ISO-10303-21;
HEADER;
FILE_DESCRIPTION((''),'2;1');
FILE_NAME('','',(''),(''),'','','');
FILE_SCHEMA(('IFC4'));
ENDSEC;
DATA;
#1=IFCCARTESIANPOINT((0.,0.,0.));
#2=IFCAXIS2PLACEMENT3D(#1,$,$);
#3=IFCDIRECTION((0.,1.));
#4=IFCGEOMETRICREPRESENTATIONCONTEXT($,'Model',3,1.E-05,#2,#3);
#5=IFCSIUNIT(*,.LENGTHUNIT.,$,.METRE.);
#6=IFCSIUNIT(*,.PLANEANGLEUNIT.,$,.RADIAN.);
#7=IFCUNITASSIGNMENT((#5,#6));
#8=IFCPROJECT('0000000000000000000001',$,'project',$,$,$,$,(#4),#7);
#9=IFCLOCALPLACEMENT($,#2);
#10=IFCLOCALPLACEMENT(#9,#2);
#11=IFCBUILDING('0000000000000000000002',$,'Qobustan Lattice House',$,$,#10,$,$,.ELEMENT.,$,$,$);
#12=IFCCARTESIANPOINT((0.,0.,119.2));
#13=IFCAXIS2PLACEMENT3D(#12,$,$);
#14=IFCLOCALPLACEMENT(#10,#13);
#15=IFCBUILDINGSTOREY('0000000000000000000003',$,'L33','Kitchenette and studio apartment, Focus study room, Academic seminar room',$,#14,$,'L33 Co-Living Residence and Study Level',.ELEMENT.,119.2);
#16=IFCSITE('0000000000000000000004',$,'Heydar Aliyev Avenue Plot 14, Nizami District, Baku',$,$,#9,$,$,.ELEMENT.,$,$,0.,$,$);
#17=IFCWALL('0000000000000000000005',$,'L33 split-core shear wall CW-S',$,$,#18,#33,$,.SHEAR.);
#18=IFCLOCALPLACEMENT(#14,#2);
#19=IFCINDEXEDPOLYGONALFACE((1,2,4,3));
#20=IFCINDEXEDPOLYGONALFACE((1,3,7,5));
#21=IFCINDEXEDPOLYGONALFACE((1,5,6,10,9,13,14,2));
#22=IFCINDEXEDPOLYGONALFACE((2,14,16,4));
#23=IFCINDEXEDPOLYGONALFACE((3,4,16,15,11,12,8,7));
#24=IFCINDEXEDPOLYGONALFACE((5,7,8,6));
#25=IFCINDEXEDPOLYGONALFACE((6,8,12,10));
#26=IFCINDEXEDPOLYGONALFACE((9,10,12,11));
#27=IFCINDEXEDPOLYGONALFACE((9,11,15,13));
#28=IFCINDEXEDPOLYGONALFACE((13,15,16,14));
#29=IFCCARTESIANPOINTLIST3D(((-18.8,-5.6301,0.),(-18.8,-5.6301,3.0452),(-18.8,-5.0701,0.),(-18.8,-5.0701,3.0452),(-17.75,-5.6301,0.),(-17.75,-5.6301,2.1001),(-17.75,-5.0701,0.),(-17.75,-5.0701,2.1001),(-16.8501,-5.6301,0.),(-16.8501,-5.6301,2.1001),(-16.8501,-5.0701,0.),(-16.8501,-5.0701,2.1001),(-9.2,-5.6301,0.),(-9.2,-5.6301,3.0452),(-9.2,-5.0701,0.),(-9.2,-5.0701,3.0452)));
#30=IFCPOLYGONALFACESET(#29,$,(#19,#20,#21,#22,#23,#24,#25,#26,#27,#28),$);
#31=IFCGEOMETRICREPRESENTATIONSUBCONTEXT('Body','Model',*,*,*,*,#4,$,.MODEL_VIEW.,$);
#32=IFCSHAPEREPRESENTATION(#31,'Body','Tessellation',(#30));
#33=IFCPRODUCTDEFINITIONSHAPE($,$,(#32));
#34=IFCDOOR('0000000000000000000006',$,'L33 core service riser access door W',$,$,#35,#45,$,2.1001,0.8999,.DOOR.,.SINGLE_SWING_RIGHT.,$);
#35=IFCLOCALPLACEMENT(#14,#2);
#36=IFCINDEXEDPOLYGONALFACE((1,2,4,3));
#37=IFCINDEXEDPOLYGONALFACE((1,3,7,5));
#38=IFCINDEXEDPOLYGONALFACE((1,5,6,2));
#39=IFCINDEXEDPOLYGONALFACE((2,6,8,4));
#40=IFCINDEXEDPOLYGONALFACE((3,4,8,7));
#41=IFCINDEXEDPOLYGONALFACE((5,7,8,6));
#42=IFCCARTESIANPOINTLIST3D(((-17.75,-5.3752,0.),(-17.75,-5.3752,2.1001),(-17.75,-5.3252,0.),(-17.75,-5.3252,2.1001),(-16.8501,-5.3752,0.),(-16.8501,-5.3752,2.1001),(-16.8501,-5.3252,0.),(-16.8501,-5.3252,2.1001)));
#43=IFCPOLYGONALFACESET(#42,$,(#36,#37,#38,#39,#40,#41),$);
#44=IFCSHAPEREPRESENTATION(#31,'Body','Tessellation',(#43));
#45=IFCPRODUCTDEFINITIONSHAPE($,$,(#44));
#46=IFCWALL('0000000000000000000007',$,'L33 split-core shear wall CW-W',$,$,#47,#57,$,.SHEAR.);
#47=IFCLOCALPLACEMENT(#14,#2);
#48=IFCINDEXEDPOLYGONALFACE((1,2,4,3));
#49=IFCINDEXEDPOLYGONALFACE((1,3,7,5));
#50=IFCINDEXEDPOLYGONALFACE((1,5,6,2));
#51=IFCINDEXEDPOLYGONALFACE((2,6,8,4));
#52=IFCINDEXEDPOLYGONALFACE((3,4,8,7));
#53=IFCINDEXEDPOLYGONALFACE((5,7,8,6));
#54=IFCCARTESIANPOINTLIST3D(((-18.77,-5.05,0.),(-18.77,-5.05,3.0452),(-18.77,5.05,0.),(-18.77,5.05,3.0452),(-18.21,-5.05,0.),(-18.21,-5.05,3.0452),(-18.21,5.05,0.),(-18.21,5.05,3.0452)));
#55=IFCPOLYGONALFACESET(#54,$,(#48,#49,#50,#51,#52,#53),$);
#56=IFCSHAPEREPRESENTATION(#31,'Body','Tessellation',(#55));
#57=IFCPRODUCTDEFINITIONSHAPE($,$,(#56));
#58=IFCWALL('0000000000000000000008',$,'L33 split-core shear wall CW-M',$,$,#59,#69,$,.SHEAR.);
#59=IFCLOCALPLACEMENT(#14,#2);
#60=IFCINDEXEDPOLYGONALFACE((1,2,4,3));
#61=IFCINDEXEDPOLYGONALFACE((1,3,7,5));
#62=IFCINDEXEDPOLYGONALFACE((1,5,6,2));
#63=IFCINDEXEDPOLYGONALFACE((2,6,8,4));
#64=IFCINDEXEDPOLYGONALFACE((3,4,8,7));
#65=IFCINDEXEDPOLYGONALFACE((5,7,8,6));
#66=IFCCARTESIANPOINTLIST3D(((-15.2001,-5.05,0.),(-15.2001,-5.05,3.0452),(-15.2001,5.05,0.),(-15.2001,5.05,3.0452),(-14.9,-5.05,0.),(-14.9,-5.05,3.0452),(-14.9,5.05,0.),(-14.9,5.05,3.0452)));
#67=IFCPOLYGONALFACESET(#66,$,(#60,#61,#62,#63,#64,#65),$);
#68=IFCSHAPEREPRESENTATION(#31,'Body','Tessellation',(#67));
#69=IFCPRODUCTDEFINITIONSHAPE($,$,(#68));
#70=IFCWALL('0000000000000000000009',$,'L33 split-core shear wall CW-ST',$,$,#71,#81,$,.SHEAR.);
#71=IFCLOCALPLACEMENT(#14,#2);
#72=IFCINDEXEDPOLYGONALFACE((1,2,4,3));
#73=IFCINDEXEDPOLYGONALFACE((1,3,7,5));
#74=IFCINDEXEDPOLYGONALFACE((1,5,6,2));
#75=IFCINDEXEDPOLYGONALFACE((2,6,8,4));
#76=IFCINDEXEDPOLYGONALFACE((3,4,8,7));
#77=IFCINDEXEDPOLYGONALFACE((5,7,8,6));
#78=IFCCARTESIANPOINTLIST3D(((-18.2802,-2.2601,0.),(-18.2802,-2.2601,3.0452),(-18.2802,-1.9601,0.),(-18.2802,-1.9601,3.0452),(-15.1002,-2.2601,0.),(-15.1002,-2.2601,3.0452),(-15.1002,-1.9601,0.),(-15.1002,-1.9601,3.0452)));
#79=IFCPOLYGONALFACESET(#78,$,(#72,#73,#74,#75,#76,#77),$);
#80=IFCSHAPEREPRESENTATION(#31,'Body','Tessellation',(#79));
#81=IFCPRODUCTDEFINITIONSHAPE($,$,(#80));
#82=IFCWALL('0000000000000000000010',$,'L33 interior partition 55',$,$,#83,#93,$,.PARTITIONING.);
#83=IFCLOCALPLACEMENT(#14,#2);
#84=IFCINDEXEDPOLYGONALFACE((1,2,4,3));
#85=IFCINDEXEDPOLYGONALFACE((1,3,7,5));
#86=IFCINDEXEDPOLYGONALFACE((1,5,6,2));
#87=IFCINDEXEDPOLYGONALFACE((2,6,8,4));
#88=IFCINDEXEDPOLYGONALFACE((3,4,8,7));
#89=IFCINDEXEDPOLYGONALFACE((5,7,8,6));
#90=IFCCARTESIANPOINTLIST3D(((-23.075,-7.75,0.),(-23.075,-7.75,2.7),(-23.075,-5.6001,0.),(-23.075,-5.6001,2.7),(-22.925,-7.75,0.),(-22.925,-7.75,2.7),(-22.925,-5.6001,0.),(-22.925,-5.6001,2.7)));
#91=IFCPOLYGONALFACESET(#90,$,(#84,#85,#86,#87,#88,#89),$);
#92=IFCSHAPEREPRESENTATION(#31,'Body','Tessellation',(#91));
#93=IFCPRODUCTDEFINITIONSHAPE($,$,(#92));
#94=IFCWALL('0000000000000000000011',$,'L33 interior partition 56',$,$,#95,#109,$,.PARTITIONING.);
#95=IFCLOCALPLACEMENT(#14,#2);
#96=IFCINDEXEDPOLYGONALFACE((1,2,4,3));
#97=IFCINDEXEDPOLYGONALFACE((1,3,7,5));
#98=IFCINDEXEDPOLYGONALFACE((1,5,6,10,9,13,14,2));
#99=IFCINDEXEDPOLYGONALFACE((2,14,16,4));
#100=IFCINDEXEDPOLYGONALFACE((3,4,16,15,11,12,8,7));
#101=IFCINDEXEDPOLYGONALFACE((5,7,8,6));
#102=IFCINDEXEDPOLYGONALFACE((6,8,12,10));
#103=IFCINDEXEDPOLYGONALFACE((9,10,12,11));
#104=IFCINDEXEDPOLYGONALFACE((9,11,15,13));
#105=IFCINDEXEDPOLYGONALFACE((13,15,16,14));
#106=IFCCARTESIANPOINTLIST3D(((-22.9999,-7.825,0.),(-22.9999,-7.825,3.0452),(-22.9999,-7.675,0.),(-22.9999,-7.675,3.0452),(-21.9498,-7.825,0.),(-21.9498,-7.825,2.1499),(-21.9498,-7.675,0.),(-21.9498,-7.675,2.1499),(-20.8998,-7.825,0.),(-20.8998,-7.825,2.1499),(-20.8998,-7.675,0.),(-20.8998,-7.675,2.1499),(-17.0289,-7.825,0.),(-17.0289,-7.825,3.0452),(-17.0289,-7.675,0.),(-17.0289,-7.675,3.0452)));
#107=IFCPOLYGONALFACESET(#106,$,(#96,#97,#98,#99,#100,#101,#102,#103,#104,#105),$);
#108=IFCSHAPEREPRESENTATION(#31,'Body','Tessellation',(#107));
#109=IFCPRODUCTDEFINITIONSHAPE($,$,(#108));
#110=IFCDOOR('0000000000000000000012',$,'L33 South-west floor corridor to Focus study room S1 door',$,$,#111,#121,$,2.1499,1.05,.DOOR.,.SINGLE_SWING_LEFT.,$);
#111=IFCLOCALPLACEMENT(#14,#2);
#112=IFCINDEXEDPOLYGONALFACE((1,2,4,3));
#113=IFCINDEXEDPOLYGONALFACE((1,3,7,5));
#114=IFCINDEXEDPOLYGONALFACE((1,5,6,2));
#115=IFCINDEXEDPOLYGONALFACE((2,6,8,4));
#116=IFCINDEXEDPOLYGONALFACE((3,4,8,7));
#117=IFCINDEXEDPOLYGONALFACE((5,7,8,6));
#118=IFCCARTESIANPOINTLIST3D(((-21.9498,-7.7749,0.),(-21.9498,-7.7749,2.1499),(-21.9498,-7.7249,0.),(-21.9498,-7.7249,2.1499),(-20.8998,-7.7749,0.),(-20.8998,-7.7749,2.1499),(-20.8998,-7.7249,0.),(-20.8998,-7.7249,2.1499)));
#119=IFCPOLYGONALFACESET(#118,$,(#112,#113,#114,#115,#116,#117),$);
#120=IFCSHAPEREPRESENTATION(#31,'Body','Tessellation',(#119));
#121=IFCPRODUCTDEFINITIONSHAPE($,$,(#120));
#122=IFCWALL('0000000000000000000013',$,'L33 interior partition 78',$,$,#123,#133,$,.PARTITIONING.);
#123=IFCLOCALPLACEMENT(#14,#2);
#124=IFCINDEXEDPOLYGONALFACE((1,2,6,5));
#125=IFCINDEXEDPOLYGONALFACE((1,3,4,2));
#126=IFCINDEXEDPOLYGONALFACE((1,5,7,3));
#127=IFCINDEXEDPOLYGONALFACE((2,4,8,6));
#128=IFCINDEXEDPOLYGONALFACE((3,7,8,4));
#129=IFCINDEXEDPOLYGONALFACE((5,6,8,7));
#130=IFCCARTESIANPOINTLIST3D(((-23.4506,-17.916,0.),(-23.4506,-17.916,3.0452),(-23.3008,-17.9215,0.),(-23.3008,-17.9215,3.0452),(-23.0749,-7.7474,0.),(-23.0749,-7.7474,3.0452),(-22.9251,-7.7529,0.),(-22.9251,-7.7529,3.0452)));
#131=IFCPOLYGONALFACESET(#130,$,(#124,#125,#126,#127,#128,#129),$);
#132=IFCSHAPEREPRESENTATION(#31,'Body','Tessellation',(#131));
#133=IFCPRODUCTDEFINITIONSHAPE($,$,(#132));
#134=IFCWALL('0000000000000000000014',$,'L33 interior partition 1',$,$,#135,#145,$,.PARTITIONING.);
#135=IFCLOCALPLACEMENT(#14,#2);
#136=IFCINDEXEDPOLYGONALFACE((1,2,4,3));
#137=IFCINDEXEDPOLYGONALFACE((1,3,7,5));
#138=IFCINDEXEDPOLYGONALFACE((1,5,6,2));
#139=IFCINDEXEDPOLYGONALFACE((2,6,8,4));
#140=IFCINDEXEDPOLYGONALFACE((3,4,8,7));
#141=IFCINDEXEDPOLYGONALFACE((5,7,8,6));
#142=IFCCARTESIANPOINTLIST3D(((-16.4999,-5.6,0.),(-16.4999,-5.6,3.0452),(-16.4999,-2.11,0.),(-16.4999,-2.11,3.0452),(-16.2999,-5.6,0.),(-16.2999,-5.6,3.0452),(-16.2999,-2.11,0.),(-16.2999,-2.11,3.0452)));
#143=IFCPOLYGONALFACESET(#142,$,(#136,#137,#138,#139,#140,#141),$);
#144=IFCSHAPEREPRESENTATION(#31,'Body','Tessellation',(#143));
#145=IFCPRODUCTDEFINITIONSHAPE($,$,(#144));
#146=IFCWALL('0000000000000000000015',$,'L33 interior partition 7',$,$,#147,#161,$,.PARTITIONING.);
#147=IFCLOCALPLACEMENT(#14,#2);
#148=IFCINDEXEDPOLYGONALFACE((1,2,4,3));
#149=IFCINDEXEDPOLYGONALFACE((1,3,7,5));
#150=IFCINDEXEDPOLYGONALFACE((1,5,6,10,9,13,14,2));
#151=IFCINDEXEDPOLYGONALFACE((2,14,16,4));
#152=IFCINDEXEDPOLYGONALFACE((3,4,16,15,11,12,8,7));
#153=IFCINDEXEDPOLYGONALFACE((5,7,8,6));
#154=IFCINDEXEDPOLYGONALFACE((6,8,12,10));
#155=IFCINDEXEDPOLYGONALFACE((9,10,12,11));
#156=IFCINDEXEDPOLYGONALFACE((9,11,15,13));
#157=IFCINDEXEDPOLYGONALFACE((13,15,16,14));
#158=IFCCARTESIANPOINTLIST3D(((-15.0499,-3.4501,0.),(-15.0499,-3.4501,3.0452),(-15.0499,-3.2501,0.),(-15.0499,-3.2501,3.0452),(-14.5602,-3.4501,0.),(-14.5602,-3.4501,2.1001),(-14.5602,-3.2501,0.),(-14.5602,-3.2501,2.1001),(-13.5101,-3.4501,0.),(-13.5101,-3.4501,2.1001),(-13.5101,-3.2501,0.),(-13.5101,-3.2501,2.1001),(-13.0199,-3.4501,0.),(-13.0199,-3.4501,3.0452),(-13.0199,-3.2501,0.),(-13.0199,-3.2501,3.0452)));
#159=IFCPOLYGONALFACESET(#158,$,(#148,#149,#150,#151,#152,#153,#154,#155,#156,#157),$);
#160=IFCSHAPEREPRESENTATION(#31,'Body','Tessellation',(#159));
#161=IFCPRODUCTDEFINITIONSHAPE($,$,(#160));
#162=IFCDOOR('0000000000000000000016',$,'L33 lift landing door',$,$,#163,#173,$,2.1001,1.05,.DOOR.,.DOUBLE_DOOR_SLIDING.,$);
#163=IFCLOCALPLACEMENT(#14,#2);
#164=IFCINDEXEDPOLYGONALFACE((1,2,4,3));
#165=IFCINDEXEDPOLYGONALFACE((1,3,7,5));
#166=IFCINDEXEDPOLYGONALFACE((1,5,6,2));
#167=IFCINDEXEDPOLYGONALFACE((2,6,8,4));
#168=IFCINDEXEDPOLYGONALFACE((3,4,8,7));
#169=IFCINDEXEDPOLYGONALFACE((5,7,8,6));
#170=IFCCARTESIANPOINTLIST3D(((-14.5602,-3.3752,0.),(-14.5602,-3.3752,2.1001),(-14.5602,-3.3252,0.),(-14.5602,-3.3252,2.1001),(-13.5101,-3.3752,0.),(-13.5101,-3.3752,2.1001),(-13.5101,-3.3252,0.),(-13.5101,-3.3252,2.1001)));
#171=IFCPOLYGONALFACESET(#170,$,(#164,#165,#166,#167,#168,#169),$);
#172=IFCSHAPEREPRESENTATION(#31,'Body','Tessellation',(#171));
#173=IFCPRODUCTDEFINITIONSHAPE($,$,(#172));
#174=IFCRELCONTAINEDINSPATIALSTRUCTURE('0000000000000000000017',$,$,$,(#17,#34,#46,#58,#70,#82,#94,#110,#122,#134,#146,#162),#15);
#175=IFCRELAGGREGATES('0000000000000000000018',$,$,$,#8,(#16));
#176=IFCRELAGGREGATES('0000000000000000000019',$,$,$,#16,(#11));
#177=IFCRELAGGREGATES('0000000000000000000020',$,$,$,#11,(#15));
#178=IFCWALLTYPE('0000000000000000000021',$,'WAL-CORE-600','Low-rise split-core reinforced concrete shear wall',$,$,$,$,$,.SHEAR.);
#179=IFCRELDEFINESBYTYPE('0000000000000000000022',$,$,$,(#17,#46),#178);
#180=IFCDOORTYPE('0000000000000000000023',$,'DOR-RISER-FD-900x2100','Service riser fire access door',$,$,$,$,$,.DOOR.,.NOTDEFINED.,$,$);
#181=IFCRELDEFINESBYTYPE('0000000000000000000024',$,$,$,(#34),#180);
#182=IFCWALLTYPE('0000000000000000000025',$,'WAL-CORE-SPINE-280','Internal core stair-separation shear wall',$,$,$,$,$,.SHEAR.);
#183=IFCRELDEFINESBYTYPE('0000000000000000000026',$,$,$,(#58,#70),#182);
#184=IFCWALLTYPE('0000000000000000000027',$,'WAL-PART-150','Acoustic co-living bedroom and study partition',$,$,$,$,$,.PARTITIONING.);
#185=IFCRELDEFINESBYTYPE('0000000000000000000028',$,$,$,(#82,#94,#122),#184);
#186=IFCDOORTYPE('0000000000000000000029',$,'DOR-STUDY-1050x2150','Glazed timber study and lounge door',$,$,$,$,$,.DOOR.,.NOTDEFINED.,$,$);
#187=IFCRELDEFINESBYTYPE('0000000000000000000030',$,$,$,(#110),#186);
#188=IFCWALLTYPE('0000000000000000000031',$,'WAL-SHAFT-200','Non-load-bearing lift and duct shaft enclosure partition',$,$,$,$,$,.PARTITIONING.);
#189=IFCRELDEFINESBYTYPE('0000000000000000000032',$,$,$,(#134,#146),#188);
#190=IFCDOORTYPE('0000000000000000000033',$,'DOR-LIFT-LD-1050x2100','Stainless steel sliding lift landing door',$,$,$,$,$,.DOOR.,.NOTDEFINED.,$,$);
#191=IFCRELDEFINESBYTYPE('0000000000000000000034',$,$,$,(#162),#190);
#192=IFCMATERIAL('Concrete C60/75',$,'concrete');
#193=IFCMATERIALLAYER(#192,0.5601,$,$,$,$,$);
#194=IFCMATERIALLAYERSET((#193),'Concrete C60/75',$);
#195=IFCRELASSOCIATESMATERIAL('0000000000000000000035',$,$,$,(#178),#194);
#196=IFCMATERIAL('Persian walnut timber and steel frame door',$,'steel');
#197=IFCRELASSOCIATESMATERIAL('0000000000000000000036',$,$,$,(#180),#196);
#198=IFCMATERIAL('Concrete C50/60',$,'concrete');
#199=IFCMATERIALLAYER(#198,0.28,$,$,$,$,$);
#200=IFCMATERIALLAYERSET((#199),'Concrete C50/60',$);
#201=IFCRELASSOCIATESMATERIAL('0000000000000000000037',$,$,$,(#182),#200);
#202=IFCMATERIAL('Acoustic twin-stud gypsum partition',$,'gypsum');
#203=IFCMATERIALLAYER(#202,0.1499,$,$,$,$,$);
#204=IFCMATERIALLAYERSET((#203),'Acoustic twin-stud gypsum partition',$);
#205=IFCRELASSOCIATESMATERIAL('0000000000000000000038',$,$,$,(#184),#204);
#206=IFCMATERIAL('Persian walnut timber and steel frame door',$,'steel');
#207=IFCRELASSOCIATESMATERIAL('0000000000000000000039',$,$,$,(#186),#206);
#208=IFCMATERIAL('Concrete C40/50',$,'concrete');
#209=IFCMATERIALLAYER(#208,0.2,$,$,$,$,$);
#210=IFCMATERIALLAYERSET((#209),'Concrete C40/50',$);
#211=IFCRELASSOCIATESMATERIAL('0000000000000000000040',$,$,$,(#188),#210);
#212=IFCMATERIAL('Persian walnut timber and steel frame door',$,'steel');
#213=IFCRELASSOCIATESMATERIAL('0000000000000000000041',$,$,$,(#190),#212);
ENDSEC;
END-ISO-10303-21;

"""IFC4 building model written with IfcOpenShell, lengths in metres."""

from ifc_helpers import new_model, si_unit, direction, frame, frame_2d, origin, place, context, subcontext, project, spatial, rectangle, extrude, material, layer, layer_set, type_object, element, fill, save


model = new_model("IFC4")

# Units and contexts
model_context = context("Model", 3, precision=1e-05, world=origin(), true_north=direction((0.0, 1.0)))
body_context = subcontext(model_context, "Body", "Model", "MODEL_VIEW")
ifc_project = project(units=[si_unit("LENGTHUNIT", "METRE"), si_unit("PLANEANGLEUNIT", "RADIAN")], contexts=[model_context])

# Site, building, storey
site_placement = place(None, origin())
site = spatial("IfcSite", under=ifc_project, at=site_placement, Name="Heydar Aliyev Avenue Plot 14, Nizami District, Baku", CompositionType="ELEMENT", RefElevation=0.0)
building_placement = place(site_placement, origin())
building = spatial("IfcBuilding", under=site, at=building_placement, Name="Qobustan Lattice House", CompositionType="ELEMENT")
storey_placement = place(building_placement, frame((0.0, 0.0, 119.2)))
storey = spatial("IfcBuildingStorey", under=building, at=storey_placement, Name="L33", Description="Kitchenette and studio apartment, Focus study room, Academic seminar room", LongName="L33 Co-Living Residence and Study Level", CompositionType="ELEMENT", Elevation=119.2)

# Wall, opening, door
ifc_material_1 = material(Name="Concrete C60/75", Category="concrete")
ifc_layer_1 = layer(ifc_material_1, 0.5601)
ifc_layer_set_1 = layer_set([ifc_layer_1], Name="Concrete C60/75")
wall_type_1 = type_object("IfcWallType", Name="WAL-CORE-600", Description="Low-rise split-core reinforced concrete shear wall", PredefinedType="SHEAR", material=ifc_layer_set_1)
wall_1_placement = place(storey_placement, frame((-18.8, -5.3501, 0.0), z_axis=(0.0, 0.0, 1.0), x_axis=(1.0, 0.0, 0.0)))
wall_1 = element("IfcWall", 1, at=wall_1_placement, inside=storey, type_object=wall_type_1, Name="L33 split-core shear wall CW-S", PredefinedType="SHEAR", context=body_context, shape_type="SweptSolid", body=[
    extrude(rectangle(XDim=9.6001, YDim=0.5601, at=frame_2d((4.8, 0.0))), origin(), (0.0, 0.0, 1.0), 3.0452),
])
opening_1_placement = place(wall_1_placement, frame((1.05, 0.0, 0.0)))
opening_1 = element("IfcOpeningElement", 2, at=opening_1_placement, cuts=wall_1, PredefinedType="OPENING", context=body_context, shape_type="SweptSolid", body=[
    extrude(rectangle(XDim=0.8999, YDim=2.1001, at=frame_2d((0.45, 1.05))), frame((0.0, 0.29, 0.0), z_axis=(0.0, -1.0, 0.0), x_axis=(1.0, 0.0, 0.0)), (0.0, 0.0, 1.0), 0.5801),
])
ifc_material_2 = material(Name="Persian walnut timber and steel frame door", Category="steel")
door_type_1 = type_object("IfcDoorType", Name="DOR-RISER-FD-900x2100", Description="Service riser fire access door", OperationType="NOTDEFINED", PredefinedType="DOOR", material=ifc_material_2)
door_1_placement = place(opening_1_placement, origin())
door_1 = element("IfcDoor", 3, at=door_1_placement, inside=storey, type_object=door_type_1, Name="L33 core service riser access door W", OperationType="SINGLE_SWING_RIGHT", OverallHeight=2.1001, OverallWidth=0.8999, PredefinedType="DOOR", context=body_context, shape_type="SweptSolid", body=[
    extrude(rectangle(XDim=0.8999, YDim=2.1001, at=frame_2d((0.45, 1.05))), frame((0.0, 0.0249, 0.0), z_axis=(0.0, -1.0, 0.0), x_axis=(1.0, 0.0, 0.0)), (0.0, 0.0, 1.0), 0.05),
])
fill(opening_1, door_1)

# Walls
wall_2_placement = place(storey_placement, frame((-18.49, -5.05, 0.0), z_axis=(0.0, 0.0, 1.0), x_axis=(0.0, 1.0, 0.0)))
element("IfcWall", 4, at=wall_2_placement, inside=storey, type_object=wall_type_1, Name="L33 split-core shear wall CW-W", PredefinedType="SHEAR", context=body_context, shape_type="SweptSolid", body=[
    extrude(rectangle(XDim=10.1001, YDim=0.5601, at=frame_2d((5.05, 0.0))), origin(), (0.0, 0.0, 1.0), 3.0452),
])
ifc_material_3 = material(Name="Concrete C50/60", Category="concrete")
ifc_layer_2 = layer(ifc_material_3, 0.28)
ifc_layer_set_2 = layer_set([ifc_layer_2], Name="Concrete C50/60")
wall_type_2 = type_object("IfcWallType", Name="WAL-CORE-SPINE-280", Description="Internal core stair-separation shear wall", PredefinedType="SHEAR", material=ifc_layer_set_2)
wall_3_placement = place(storey_placement, frame((-15.05, -5.05, 0.0), z_axis=(0.0, 0.0, 1.0), x_axis=(0.0, 1.0, 0.0)))
element("IfcWall", 5, at=wall_3_placement, inside=storey, type_object=wall_type_2, Name="L33 split-core shear wall CW-M", PredefinedType="SHEAR", context=body_context, shape_type="SweptSolid", body=[
    extrude(rectangle(XDim=10.1001, YDim=0.3, at=frame_2d((5.05, 0.0))), origin(), (0.0, 0.0, 1.0), 3.0452),
])
wall_4_placement = place(storey_placement, frame((-18.28, -2.1101, 0.0), z_axis=(0.0, 0.0, 1.0), x_axis=(1.0, 0.0, 0.0)))
element("IfcWall", 6, at=wall_4_placement, inside=storey, type_object=wall_type_2, Name="L33 split-core shear wall CW-ST", PredefinedType="SHEAR", context=body_context, shape_type="SweptSolid", body=[
    extrude(rectangle(XDim=3.1799, YDim=0.3, at=frame_2d((1.5898, 0.0))), origin(), (0.0, 0.0, 1.0), 3.0452),
])

# Shared definitions
ifc_material_4 = material(Name="Acoustic twin-stud gypsum partition", Category="gypsum")
ifc_layer_3 = layer(ifc_material_4, 0.1499)
ifc_layer_set_3 = layer_set([ifc_layer_3], Name="Acoustic twin-stud gypsum partition")
wall_type_3 = type_object("IfcWallType", Name="WAL-PART-150", Description="Acoustic co-living bedroom and study partition", PredefinedType="PARTITIONING", material=ifc_layer_set_3)
ifc_material_5 = material(Name="Persian walnut timber and steel frame door", Category="steel")
door_type_2 = type_object("IfcDoorType", Name="DOR-STUDY-1050x2150", Description="Glazed timber study and lounge door", OperationType="NOTDEFINED", PredefinedType="DOOR", material=ifc_material_5)

# Wall
wall_5_placement = place(storey_placement, frame((-23.0, -7.75, 0.0), z_axis=(0.0, 0.0, 1.0), x_axis=(0.0, 1.0, 0.0)))
element("IfcWall", 7, at=wall_5_placement, inside=storey, type_object=wall_type_3, Name="L33 interior partition 55", PredefinedType="PARTITIONING", context=body_context, shape_type="SweptSolid", body=[
    extrude(rectangle(XDim=2.1499, YDim=0.1499, at=frame_2d((1.075, 0.0))), origin(), (0.0, 0.0, 1.0), 2.7),
])

# Wall, opening, door
wall_6_placement = place(storey_placement, frame((-17.0291, -7.75, 0.0), z_axis=(0.0, 0.0, 1.0), x_axis=(-1.0, 0.0, 0.0)))
wall_6 = element("IfcWall", 8, at=wall_6_placement, inside=storey, type_object=wall_type_3, Name="L33 interior partition 56", PredefinedType="PARTITIONING", context=body_context, shape_type="SweptSolid", body=[
    extrude(rectangle(XDim=5.9709, YDim=0.1499, at=frame_2d((2.9854, 0.0))), origin(), (0.0, 0.0, 1.0), 3.0452),
])
opening_2_placement = place(wall_6_placement, frame((3.8708, 0.0, 0.0)))
opening_2 = element("IfcOpeningElement", 9, at=opening_2_placement, cuts=wall_6, PredefinedType="OPENING", context=body_context, shape_type="SweptSolid", body=[
    extrude(rectangle(XDim=1.05, YDim=2.1499, at=frame_2d((0.5249, 1.075))), frame((0.0, 0.085, 0.0), z_axis=(0.0, -1.0, 0.0), x_axis=(1.0, 0.0, 0.0)), (0.0, 0.0, 1.0), 0.1699),
])
door_2_placement = place(opening_2_placement, origin())
door_2 = element("IfcDoor", 10, at=door_2_placement, inside=storey, type_object=door_type_2, Name="L33 South-west floor corridor to Focus study room S1 door", OperationType="SINGLE_SWING_LEFT", OverallHeight=2.1499, OverallWidth=1.05, PredefinedType="DOOR", context=body_context, shape_type="SweptSolid", body=[
    extrude(rectangle(XDim=1.05, YDim=2.1499, at=frame_2d((0.5249, 1.075))), frame((0.0, 0.0249, 0.0), z_axis=(0.0, -1.0, 0.0), x_axis=(1.0, 0.0, 0.0)), (0.0, 0.0, 1.0), 0.05),
])
fill(opening_2, door_2)

# Walls
wall_7_placement = place(storey_placement, frame((-23.0, -7.75, 0.0), z_axis=(0.0, 0.0, 1.0), x_axis=(-0.036925, -0.999318, 0.0)))
element("IfcWall", 11, at=wall_7_placement, inside=storey, type_object=wall_type_3, Name="L33 interior partition 78", PredefinedType="PARTITIONING", context=body_context, shape_type="SweptSolid", body=[
    extrude(rectangle(XDim=10.1755, YDim=0.1499, at=frame_2d((5.0879, 0.0))), origin(), (0.0, 0.0, 1.0), 3.0452),
])
ifc_material_6 = material(Name="Concrete C40/50", Category="concrete")
ifc_layer_4 = layer(ifc_material_6, 0.2)
ifc_layer_set_4 = layer_set([ifc_layer_4], Name="Concrete C40/50")
wall_type_4 = type_object("IfcWallType", Name="WAL-SHAFT-200", Description="Non-load-bearing lift and duct shaft enclosure partition", PredefinedType="PARTITIONING", material=ifc_layer_set_4)
wall_8_placement = place(storey_placement, frame((-16.3999, -5.6001, 0.0), z_axis=(0.0, 0.0, 1.0), x_axis=(0.0, 1.0, 0.0)))
element("IfcWall", 12, at=wall_8_placement, inside=storey, type_object=wall_type_4, Name="L33 interior partition 1", PredefinedType="PARTITIONING", context=body_context, shape_type="SweptSolid", body=[
    extrude(rectangle(XDim=3.49, YDim=0.2, at=frame_2d((1.7451, 0.0))), origin(), (0.0, 0.0, 1.0), 3.0452),
])

# Wall, opening, door
wall_9_placement = place(storey_placement, frame((-15.05, -3.3501, 0.0), z_axis=(0.0, 0.0, 1.0), x_axis=(1.0, 0.0, 0.0)))
wall_9 = element("IfcWall", 13, at=wall_9_placement, inside=storey, type_object=wall_type_4, Name="L33 interior partition 7", PredefinedType="PARTITIONING", context=body_context, shape_type="SweptSolid", body=[
    extrude(rectangle(XDim=2.03, YDim=0.2, at=frame_2d((1.0151, 0.0))), origin(), (0.0, 0.0, 1.0), 3.0452),
])
opening_3_placement = place(wall_9_placement, frame((0.49, 0.0, 0.0)))
opening_3 = element("IfcOpeningElement", 14, at=opening_3_placement, cuts=wall_9, PredefinedType="OPENING", context=body_context, shape_type="SweptSolid", body=[
    extrude(rectangle(XDim=1.05, YDim=2.1001, at=frame_2d((0.5249, 1.05))), frame((0.0, 0.1099, 0.0), z_axis=(0.0, -1.0, 0.0), x_axis=(1.0, 0.0, 0.0)), (0.0, 0.0, 1.0), 0.22),
])
ifc_material_7 = material(Name="Persian walnut timber and steel frame door", Category="steel")
door_type_3 = type_object("IfcDoorType", Name="DOR-LIFT-LD-1050x2100", Description="Stainless steel sliding lift landing door", OperationType="NOTDEFINED", PredefinedType="DOOR", material=ifc_material_7)
door_3_placement = place(opening_3_placement, origin())
door_3 = element("IfcDoor", 15, at=door_3_placement, inside=storey, type_object=door_type_3, Name="L33 lift landing door", OperationType="DOUBLE_DOOR_SLIDING", OverallHeight=2.1001, OverallWidth=1.05, PredefinedType="DOOR", context=body_context, shape_type="SweptSolid", body=[
    extrude(rectangle(XDim=1.05, YDim=2.1001, at=frame_2d((0.5249, 1.05))), frame((0.0, 0.0249, 0.0), z_axis=(0.0, -1.0, 0.0), x_axis=(1.0, 0.0, 0.0)), (0.0, 0.0, 1.0), 0.05),
])
fill(opening_3, door_3)

save(model, "model.ifc")
